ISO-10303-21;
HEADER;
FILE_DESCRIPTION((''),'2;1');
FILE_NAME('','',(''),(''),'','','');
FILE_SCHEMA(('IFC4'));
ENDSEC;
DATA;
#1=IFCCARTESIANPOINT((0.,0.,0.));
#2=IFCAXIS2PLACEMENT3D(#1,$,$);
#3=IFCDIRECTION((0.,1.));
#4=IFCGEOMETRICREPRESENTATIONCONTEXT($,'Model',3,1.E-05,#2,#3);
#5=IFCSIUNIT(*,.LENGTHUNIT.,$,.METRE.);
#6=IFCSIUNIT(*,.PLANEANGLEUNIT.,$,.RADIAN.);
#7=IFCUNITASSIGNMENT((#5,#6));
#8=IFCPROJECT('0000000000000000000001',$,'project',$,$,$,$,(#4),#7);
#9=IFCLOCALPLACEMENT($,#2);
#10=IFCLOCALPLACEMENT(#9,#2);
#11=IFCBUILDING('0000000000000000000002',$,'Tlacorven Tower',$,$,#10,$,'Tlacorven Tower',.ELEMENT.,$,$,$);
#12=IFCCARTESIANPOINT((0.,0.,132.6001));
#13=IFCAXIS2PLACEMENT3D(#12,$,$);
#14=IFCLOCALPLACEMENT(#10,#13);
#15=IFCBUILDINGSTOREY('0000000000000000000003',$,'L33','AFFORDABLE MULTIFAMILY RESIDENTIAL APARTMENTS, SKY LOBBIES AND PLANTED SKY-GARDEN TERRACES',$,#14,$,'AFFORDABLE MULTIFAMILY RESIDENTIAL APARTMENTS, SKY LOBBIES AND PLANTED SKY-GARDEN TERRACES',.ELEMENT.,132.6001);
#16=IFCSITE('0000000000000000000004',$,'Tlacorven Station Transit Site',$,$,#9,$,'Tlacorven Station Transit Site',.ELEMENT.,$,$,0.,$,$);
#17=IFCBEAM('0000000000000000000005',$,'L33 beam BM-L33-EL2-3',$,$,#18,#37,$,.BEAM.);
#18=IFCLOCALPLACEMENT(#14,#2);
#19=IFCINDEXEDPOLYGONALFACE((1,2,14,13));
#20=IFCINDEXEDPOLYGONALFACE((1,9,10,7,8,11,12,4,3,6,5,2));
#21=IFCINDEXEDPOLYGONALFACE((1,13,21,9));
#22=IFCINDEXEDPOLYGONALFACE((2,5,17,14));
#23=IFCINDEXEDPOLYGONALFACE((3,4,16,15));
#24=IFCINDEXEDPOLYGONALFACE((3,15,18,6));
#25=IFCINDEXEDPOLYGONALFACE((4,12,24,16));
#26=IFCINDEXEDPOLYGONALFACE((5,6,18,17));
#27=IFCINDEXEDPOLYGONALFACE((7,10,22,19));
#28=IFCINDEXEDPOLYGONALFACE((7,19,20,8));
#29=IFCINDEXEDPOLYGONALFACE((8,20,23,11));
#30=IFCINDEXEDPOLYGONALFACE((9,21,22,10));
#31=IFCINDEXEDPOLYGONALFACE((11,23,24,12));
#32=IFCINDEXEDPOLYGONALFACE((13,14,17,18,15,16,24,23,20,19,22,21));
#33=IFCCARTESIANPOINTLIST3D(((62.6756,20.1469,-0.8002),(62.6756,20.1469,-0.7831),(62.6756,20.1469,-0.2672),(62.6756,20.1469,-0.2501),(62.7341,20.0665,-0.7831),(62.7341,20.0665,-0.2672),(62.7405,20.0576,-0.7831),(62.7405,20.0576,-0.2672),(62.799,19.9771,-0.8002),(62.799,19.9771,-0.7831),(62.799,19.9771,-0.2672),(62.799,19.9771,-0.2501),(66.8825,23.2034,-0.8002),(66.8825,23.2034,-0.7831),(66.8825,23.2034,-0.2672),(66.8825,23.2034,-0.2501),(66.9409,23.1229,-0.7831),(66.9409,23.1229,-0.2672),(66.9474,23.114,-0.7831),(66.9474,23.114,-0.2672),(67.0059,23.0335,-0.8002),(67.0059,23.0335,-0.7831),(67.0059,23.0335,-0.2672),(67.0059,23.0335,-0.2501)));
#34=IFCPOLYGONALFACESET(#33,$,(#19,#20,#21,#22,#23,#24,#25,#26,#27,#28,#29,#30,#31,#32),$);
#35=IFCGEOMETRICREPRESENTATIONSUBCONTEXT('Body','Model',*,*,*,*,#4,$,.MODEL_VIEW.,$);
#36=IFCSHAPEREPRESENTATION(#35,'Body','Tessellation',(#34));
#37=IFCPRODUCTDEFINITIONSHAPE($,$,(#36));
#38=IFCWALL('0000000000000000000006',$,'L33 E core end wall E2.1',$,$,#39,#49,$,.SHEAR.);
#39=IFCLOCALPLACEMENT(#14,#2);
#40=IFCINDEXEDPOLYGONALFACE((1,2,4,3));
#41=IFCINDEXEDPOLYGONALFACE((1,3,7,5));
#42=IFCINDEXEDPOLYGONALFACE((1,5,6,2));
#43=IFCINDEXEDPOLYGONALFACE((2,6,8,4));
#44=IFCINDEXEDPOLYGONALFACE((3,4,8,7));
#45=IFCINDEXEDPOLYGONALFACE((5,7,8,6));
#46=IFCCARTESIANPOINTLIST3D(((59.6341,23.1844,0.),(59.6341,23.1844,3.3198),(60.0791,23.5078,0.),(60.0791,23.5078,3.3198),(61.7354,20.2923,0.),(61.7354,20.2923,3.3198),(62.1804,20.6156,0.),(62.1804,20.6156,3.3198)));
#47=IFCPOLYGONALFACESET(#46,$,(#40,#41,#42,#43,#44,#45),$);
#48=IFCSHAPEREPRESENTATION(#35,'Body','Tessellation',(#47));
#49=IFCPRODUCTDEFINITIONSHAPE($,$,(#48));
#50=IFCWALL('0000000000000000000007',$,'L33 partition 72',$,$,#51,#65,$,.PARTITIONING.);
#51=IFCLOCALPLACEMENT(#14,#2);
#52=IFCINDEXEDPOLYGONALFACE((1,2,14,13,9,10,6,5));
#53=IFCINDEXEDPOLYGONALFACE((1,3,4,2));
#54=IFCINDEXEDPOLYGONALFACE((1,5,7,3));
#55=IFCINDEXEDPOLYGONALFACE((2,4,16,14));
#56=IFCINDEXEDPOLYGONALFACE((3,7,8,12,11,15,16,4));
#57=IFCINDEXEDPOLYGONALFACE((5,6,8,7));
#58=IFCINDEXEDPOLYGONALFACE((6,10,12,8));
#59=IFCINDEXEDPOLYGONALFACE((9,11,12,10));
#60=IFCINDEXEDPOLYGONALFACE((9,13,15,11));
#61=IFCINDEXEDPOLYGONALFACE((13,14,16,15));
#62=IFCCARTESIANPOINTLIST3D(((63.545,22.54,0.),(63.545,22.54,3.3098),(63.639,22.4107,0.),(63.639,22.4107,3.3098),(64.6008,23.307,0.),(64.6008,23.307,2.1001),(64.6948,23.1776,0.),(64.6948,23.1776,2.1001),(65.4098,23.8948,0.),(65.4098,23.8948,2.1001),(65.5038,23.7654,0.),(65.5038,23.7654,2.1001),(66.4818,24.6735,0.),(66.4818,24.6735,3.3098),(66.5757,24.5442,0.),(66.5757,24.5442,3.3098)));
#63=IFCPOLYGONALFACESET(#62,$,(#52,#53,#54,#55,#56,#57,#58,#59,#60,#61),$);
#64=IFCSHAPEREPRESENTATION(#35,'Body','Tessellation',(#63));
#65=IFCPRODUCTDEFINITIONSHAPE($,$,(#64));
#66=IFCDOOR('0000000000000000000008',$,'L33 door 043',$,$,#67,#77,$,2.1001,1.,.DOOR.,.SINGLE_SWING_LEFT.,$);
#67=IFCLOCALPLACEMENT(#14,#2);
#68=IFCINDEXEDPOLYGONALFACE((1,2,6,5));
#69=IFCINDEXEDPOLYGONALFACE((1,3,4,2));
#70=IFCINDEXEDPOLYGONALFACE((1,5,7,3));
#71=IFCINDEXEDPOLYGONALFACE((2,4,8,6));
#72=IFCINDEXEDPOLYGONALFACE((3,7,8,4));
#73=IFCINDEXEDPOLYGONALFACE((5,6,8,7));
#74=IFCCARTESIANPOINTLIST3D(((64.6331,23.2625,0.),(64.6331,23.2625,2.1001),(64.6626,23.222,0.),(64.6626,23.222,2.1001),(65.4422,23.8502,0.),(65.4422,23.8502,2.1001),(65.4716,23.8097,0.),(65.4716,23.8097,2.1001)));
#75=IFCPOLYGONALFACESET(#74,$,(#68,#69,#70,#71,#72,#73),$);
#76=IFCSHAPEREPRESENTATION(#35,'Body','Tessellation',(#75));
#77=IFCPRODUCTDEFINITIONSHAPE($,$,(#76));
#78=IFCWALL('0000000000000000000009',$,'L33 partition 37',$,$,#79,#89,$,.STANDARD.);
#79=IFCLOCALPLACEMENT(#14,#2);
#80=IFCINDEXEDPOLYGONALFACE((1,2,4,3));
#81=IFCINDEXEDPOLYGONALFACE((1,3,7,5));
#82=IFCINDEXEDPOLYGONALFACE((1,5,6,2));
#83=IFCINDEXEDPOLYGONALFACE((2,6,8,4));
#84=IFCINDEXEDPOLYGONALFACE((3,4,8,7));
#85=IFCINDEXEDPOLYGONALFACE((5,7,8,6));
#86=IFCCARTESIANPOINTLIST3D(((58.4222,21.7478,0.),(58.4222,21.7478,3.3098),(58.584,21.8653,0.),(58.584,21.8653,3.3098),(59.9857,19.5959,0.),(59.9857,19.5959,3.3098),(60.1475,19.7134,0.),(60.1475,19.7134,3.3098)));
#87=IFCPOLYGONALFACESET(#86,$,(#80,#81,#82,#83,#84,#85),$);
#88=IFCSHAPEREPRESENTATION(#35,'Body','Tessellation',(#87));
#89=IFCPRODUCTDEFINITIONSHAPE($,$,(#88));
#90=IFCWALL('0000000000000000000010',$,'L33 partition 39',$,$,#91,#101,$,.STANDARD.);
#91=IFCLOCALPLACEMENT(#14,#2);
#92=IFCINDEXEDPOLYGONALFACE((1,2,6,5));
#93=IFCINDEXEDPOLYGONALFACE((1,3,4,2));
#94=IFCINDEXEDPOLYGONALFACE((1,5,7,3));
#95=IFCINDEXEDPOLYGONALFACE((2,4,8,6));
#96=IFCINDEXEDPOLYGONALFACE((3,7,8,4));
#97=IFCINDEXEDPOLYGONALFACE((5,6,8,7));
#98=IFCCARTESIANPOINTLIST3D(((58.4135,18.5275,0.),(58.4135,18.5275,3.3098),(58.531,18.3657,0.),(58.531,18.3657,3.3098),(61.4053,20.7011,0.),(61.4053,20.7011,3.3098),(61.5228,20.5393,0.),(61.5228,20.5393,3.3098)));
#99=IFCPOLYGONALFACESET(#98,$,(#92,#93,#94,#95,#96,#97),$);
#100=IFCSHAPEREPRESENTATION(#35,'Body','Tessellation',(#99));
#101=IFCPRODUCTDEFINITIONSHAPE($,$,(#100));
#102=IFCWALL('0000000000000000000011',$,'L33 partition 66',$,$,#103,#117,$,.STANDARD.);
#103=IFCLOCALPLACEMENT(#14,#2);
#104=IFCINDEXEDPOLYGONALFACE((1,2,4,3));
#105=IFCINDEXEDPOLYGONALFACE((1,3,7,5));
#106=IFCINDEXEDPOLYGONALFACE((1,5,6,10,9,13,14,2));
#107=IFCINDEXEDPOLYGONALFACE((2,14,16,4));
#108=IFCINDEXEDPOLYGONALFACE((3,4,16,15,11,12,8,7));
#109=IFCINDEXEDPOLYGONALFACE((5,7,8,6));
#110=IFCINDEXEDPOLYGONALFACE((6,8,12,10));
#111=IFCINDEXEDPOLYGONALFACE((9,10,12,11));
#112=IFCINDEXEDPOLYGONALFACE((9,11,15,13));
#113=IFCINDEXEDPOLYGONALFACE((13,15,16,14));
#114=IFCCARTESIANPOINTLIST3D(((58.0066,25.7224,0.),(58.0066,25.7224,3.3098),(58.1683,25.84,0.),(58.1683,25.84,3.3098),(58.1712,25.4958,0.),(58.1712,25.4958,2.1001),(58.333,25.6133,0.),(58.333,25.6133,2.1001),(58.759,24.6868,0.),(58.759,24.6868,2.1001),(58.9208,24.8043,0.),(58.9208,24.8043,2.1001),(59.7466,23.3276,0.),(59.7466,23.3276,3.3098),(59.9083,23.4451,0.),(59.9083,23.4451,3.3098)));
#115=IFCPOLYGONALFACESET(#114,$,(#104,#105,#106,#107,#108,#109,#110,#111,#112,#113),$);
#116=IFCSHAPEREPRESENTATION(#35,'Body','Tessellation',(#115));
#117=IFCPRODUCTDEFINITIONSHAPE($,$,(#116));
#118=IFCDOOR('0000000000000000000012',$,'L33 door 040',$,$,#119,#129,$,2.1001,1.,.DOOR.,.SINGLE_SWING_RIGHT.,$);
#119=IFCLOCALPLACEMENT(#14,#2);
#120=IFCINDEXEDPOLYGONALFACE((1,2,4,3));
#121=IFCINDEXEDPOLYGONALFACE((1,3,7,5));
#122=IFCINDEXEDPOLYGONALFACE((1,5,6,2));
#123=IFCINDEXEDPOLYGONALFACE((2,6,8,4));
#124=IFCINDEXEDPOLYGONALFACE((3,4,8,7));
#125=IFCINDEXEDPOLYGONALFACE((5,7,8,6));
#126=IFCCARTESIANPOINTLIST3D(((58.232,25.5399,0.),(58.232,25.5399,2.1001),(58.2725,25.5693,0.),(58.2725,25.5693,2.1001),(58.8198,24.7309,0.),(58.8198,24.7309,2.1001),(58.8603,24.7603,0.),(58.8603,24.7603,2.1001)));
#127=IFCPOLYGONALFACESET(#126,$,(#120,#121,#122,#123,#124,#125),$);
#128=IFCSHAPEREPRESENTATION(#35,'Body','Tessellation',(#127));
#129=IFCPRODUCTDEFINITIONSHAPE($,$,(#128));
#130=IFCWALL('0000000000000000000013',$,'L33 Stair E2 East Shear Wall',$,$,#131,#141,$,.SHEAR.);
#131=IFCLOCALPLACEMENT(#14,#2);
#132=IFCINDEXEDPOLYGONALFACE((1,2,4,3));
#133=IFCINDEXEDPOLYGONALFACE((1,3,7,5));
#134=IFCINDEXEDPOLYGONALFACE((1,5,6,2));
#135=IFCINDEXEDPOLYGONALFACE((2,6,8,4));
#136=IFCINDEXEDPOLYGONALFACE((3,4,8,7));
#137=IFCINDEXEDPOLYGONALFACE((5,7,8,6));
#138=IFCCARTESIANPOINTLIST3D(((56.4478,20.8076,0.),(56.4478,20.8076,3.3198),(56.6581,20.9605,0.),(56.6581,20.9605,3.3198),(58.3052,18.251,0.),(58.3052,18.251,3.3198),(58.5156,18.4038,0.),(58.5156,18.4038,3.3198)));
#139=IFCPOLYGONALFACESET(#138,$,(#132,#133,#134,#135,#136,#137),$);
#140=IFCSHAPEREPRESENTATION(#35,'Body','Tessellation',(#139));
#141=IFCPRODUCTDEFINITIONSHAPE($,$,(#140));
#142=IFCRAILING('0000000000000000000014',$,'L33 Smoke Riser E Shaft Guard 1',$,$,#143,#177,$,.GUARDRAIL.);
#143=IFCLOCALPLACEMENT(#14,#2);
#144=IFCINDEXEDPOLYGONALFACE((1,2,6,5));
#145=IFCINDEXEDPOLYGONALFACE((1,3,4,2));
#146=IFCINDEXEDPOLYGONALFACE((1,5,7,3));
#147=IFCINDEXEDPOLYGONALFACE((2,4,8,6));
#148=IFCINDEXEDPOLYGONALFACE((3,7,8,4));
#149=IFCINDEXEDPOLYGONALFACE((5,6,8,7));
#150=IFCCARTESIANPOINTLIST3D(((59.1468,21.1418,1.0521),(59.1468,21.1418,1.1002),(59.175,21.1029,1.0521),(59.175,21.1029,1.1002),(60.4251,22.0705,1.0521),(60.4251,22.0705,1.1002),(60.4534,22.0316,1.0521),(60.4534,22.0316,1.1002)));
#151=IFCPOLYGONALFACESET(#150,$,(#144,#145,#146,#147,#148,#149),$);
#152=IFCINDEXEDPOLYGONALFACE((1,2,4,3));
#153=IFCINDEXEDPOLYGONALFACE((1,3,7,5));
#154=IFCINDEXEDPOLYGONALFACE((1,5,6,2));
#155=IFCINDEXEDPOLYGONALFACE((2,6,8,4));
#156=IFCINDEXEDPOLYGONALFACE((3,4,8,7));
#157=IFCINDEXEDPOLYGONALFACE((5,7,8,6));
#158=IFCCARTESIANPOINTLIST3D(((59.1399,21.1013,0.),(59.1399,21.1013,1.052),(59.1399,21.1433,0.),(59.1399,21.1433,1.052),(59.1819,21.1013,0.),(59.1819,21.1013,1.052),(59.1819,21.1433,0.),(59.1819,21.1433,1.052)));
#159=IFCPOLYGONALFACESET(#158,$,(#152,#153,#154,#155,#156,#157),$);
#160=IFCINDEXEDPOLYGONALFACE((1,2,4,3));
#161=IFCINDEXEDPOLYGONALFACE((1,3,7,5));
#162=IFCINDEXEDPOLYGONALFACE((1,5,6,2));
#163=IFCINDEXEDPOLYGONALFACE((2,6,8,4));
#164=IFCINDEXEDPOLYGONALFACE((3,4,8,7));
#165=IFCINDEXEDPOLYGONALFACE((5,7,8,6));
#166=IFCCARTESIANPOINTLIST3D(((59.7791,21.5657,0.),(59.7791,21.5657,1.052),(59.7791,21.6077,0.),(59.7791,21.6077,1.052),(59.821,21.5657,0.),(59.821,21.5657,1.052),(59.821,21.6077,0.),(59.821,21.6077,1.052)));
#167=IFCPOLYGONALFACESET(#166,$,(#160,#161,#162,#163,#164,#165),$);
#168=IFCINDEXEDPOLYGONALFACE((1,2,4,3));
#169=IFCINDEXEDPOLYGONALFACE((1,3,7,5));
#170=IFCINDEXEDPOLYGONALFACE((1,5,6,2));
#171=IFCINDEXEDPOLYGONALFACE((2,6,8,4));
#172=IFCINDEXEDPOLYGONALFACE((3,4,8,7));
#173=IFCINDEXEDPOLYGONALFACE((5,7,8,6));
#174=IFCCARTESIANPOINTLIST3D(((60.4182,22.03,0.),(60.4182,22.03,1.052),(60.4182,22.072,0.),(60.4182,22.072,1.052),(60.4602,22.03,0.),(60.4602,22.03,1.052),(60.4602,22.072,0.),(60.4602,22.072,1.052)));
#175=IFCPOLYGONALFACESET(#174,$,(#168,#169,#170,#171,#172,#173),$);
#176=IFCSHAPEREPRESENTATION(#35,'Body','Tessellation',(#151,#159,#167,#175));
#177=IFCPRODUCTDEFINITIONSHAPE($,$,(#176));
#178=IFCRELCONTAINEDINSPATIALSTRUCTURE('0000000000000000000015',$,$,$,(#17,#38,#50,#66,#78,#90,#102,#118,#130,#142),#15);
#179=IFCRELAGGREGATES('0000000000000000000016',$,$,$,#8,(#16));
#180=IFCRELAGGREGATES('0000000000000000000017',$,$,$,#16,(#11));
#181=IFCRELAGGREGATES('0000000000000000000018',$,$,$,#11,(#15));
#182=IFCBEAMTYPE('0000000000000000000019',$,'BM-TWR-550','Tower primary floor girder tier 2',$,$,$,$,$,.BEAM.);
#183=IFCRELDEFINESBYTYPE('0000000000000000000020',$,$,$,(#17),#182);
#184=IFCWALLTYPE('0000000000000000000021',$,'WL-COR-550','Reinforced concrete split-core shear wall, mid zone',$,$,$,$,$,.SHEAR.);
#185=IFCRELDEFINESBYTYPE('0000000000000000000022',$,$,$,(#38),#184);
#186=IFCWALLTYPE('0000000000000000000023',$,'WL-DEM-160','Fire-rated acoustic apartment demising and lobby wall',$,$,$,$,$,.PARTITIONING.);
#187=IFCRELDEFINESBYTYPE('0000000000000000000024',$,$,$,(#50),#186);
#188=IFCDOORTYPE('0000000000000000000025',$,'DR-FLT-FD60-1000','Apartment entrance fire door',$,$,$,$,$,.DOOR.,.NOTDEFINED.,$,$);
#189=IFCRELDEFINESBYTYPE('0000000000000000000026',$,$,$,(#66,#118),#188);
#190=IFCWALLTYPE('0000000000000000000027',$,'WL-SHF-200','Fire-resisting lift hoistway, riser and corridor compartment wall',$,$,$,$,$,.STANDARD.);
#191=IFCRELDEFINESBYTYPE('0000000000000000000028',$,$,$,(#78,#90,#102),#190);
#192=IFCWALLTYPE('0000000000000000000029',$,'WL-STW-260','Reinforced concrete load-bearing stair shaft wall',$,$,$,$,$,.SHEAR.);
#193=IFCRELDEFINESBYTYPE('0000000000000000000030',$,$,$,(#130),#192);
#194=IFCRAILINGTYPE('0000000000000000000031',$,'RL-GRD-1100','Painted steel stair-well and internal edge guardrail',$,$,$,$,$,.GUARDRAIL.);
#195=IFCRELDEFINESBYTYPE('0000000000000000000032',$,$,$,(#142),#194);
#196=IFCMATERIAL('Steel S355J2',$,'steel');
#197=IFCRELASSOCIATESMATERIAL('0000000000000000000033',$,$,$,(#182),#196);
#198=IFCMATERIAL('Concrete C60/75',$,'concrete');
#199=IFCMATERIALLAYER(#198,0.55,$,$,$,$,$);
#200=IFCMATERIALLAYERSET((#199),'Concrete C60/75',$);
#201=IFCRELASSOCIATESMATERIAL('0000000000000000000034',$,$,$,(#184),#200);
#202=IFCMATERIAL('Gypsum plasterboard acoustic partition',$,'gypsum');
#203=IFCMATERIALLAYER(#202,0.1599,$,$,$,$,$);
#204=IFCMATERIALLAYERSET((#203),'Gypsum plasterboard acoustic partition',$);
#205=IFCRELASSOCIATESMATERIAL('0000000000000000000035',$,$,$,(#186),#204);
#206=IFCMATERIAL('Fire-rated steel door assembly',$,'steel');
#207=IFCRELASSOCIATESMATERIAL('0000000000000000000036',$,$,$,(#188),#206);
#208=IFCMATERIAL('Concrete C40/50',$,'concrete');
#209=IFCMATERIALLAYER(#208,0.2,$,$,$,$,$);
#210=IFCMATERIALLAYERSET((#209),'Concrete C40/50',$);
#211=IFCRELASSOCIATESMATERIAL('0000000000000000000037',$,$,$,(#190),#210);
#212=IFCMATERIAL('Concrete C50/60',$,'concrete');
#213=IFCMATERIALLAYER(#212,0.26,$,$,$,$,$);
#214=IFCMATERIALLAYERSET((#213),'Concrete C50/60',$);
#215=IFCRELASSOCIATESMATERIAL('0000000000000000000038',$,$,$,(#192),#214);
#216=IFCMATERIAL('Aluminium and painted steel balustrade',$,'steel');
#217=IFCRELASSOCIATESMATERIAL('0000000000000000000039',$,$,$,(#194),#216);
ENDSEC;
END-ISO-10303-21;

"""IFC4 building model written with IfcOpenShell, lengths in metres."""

from ifc_helpers import new_model, si_unit, direction, frame, frame_2d, origin, origin_2d, place, context, subcontext, project, spatial, rectangle, i_section, extrude, source, transform, mapped, material, layer, layer_set, material_profile, profile_set, type_object, element, fill, save


model = new_model("IFC4")

# Units and contexts
model_context = context("Model", 3, precision=1e-05, world=origin(), true_north=direction((0.0, 1.0)))
body_context = subcontext(model_context, "Body", "Model", "MODEL_VIEW")
ifc_project = project(units=[si_unit("LENGTHUNIT", "METRE"), si_unit("PLANEANGLEUNIT", "RADIAN")], contexts=[model_context])

# Site, building, storey
site_placement = place(None, origin())
site = spatial("IfcSite", under=ifc_project, at=site_placement, Name="Tlacorven Station Transit Site", LongName="Tlacorven Station Transit Site", CompositionType="ELEMENT", RefElevation=0.0)
building_placement = place(site_placement, origin())
building = spatial("IfcBuilding", under=site, at=building_placement, Name="Tlacorven Tower", LongName="Tlacorven Tower", CompositionType="ELEMENT")
storey_placement = place(building_placement, frame((0.0, 0.0, 132.6001)))
storey = spatial("IfcBuildingStorey", under=building, at=storey_placement, Name="L33", Description="AFFORDABLE MULTIFAMILY RESIDENTIAL APARTMENTS, SKY LOBBIES AND PLANTED SKY-GARDEN TERRACES", LongName="AFFORDABLE MULTIFAMILY RESIDENTIAL APARTMENTS, SKY LOBBIES AND PLANTED SKY-GARDEN TERRACES", CompositionType="ELEMENT", Elevation=132.6001)

# Beam
ifc_material_1 = material(Name="Concrete C60/75", Category="concrete")
ifc_material_2 = material(Name="Steel S355J2", Category="steel")
ifc_material_profile_1 = material_profile(ifc_material_2, i_section(OverallWidth=0.21, OverallDepth=0.55, WebThickness=0.011, FlangeThickness=0.0171, at=origin_2d()), Name="IPE 550")
ifc_profile_set_1 = profile_set([ifc_material_profile_1], Name="Steel S355J2")
beam_type_1 = type_object("IfcBeamType", Name="BM-TWR-550", Description="Tower primary floor girder tier 2", PredefinedType="BEAM", material=ifc_profile_set_1)
shared_shape_1 = source(origin(), body_context, "Body", "SweptSolid", [
    extrude(i_section(OverallWidth=0.21, OverallDepth=0.55, WebThickness=0.011, FlangeThickness=0.0171, at=origin_2d()), origin(), (0.0, 0.0, 1.0), 5.2),
])
beam_1_placement = place(storey_placement, frame((62.7373, 20.062, -0.5251), z_axis=(0.809018, 0.587784, 0.0), x_axis=(-0.587784, 0.809018, 0.0)))
element("IfcBeam", 1, at=beam_1_placement, inside=storey, type_object=beam_type_1, Name="L33 beam BM-L33-EL2-3", PredefinedType="BEAM", context=body_context, shape_type="MappedRepresentation", body=[
    mapped(shared_shape_1, transform((0.0, 0.0, 0.0), scale=1.0)),
])

# Wall
ifc_layer_1 = layer(ifc_material_1, 0.55)
ifc_layer_set_1 = layer_set([ifc_layer_1], Name="Concrete C60/75")
wall_type_1 = type_object("IfcWallType", Name="WL-COR-550", Description="Reinforced concrete split-core shear wall, mid zone", PredefinedType="SHEAR", material=ifc_layer_set_1)
wall_1_placement = place(storey_placement, frame((61.958, 20.4539, 0.0), z_axis=(0.0, 0.0, 1.0), x_axis=(-0.587802, 0.809005, 0.0)))
element("IfcWall", 2, at=wall_1_placement, inside=storey, type_object=wall_type_1, Name="L33 E core end wall E2.1", PredefinedType="SHEAR", context=body_context, shape_type="SweptSolid", body=[
    extrude(rectangle(XDim=3.575, YDim=0.55, at=frame_2d((1.7876, 0.0))), origin(), (0.0, 0.0, 1.0), 3.3198),
])

# Wall, opening, door
ifc_material_3 = material(Name="Gypsum plasterboard acoustic partition", Category="gypsum")
ifc_layer_2 = layer(ifc_material_3, 0.1599)
ifc_layer_set_2 = layer_set([ifc_layer_2], Name="Gypsum plasterboard acoustic partition")
wall_type_2 = type_object("IfcWallType", Name="WL-DEM-160", Description="Fire-rated acoustic apartment demising and lobby wall", PredefinedType="PARTITIONING", material=ifc_layer_set_2)
wall_2_placement = place(storey_placement, frame((63.592, 22.4753, 0.0), z_axis=(0.0, 0.0, 1.0), x_axis=(0.809036, 0.58776, 0.0)))
wall_2 = element("IfcWall", 3, at=wall_2_placement, inside=storey, type_object=wall_type_2, Name="L33 partition 72", PredefinedType="PARTITIONING", context=body_context, shape_type="SweptSolid", body=[
    extrude(rectangle(XDim=3.6299, YDim=0.1599, at=frame_2d((1.8149, 0.0))), origin(), (0.0, 0.0, 1.0), 3.3098),
])
opening_1_placement = place(wall_2_placement, frame((1.3049, 0.0, 0.0)))
opening_1 = element("IfcOpeningElement", 4, at=opening_1_placement, cuts=wall_2, PredefinedType="OPENING", context=body_context, shape_type="SweptSolid", body=[
    extrude(rectangle(XDim=1.0, YDim=2.1001, at=frame_2d((0.5, 1.05))), frame((0.0, 0.0898, 0.0), z_axis=(0.0, -1.0, 0.0), x_axis=(1.0, 0.0, 0.0)), (0.0, 0.0, 1.0), 0.1799),
])
ifc_material_4 = material(Name="Fire-rated steel door assembly", Category="steel")
door_type_1 = type_object("IfcDoorType", Name="DR-FLT-FD60-1000", Description="Apartment entrance fire door", OperationType="NOTDEFINED", PredefinedType="DOOR", material=ifc_material_4)
shared_shape_2 = source(origin(), body_context, "Body", "SweptSolid", [
    extrude(rectangle(XDim=1.0, YDim=2.1001, at=frame_2d((0.5, 1.05))), frame((0.0, 0.0249, 0.0), z_axis=(0.0, -1.0, 0.0), x_axis=(1.0, 0.0, 0.0)), (0.0, 0.0, 1.0), 0.05),
])
door_1_placement = place(opening_1_placement, origin())
door_1 = element("IfcDoor", 5, at=door_1_placement, inside=storey, type_object=door_type_1, Name="L33 door 043", OperationType="SINGLE_SWING_LEFT", OverallHeight=2.1001, OverallWidth=1.0, PredefinedType="DOOR", context=body_context, shape_type="MappedRepresentation", body=[
    mapped(shared_shape_2, transform((0.0, 0.0, 0.0), scale=1.0)),
])
fill(opening_1, door_1)

# Shared definitions
ifc_material_5 = material(Name="Concrete C40/50", Category="concrete")
ifc_layer_3 = layer(ifc_material_5, 0.2)
ifc_layer_set_3 = layer_set([ifc_layer_3], Name="Concrete C40/50")
wall_type_3 = type_object("IfcWallType", Name="WL-SHF-200", Description="Fire-resisting lift hoistway, riser and corridor compartment wall", PredefinedType="STANDARD", material=ifc_layer_set_3)

# Walls
wall_3_placement = place(storey_placement, frame((60.0667, 19.6545, 0.0), z_axis=(0.0, 0.0, 1.0), x_axis=(-0.587801, 0.809006, 0.0)))
element("IfcWall", 6, at=wall_3_placement, inside=storey, type_object=wall_type_3, Name="L33 partition 37", PredefinedType="STANDARD", context=body_context, shape_type="SweptSolid", body=[
    extrude(rectangle(XDim=2.6599, YDim=0.2, at=frame_2d((1.3301, 0.0))), origin(), (0.0, 0.0, 1.0), 3.3098),
])
wall_4_placement = place(storey_placement, frame((58.4722, 18.4465, 0.0), z_axis=(0.0, 0.0, 1.0), x_axis=(0.809019, 0.587783, 0.0)))
element("IfcWall", 7, at=wall_4_placement, inside=storey, type_object=wall_type_3, Name="L33 partition 39", PredefinedType="STANDARD", context=body_context, shape_type="SweptSolid", body=[
    extrude(rectangle(XDim=3.698, YDim=0.2, at=frame_2d((1.8491, 0.0))), origin(), (0.0, 0.0, 1.0), 3.3098),
])

# Wall, opening, door
wall_5_placement = place(storey_placement, frame((59.8274, 23.3865, 0.0), z_axis=(0.0, 0.0, 1.0), x_axis=(-0.587804, 0.809003, 0.0)))
wall_5 = element("IfcWall", 8, at=wall_5_placement, inside=storey, type_object=wall_type_3, Name="L33 partition 66", PredefinedType="STANDARD", context=body_context, shape_type="SweptSolid", body=[
    extrude(rectangle(XDim=2.9602, YDim=0.2, at=frame_2d((1.48, 0.0))), origin(), (0.0, 0.0, 1.0), 3.3098),
])
opening_2_placement = place(wall_5_placement, frame((1.6799, 0.0, 0.0)))
opening_2 = element("IfcOpeningElement", 9, at=opening_2_placement, cuts=wall_5, PredefinedType="OPENING", context=body_context, shape_type="SweptSolid", body=[
    extrude(rectangle(XDim=1.0, YDim=2.1001, at=frame_2d((0.5, 1.05))), frame((0.0, 0.1099, 0.0), z_axis=(0.0, -1.0, 0.0), x_axis=(1.0, 0.0, 0.0)), (0.0, 0.0, 1.0), 0.22),
])
door_2_placement = place(opening_2_placement, origin())
door_2 = element("IfcDoor", 10, at=door_2_placement, inside=storey, type_object=door_type_1, Name="L33 door 040", OperationType="SINGLE_SWING_RIGHT", OverallHeight=2.1001, OverallWidth=1.0, PredefinedType="DOOR", context=body_context, shape_type="MappedRepresentation", body=[
    mapped(shared_shape_2, transform((0.0, 0.0, 0.0), scale=1.0)),
])
fill(opening_2, door_2)

# Wall
ifc_material_6 = material(Name="Concrete C50/60", Category="concrete")
ifc_layer_4 = layer(ifc_material_6, 0.26)
ifc_layer_set_4 = layer_set([ifc_layer_4], Name="Concrete C50/60")
wall_type_4 = type_object("IfcWallType", Name="WL-STW-260", Description="Reinforced concrete load-bearing stair shaft wall", PredefinedType="SHEAR", material=ifc_layer_set_4)
wall_6_placement = place(storey_placement, frame((58.4104, 18.3274, 0.0), z_axis=(0.0, 0.0, 1.0), x_axis=(-0.587767, 0.80903, 0.0)))
element("IfcWall", 11, at=wall_6_placement, inside=storey, type_object=wall_type_4, Name="L33 Stair E2 East Shear Wall", PredefinedType="SHEAR", context=body_context, shape_type="SweptSolid", body=[
    extrude(rectangle(XDim=3.1602, YDim=0.26, at=frame_2d((1.5801, 0.0))), origin(), (0.0, 0.0, 1.0), 3.3198),
])

# Railing
ifc_material_7 = material(Name="Aluminium and painted steel balustrade", Category="steel")
railing_type_1 = type_object("IfcRailingType", Name="RL-GRD-1100", Description="Painted steel stair-well and internal edge guardrail", PredefinedType="GUARDRAIL", material=ifc_material_7)
shared_shape_3 = source(origin(), body_context, "Body", "SweptSolid", [
    extrude(rectangle(XDim=0.0481, YDim=0.0481, at=origin_2d()), frame((0.0, 0.0, 1.0762), z_axis=(0.80903, 0.587767, 0.0), x_axis=(-0.587767, 0.80903, 0.0)), (0.0, 0.0, 1.0), 1.5801),
    extrude(rectangle(XDim=0.042, YDim=0.042, at=origin_2d()), origin(), (0.0, 0.0, 1.0), 1.052),
    extrude(rectangle(XDim=0.042, YDim=0.042, at=origin_2d()), frame((0.6392, 0.4644, 0.0)), (0.0, 0.0, 1.0), 1.052),
    extrude(rectangle(XDim=0.042, YDim=0.042, at=origin_2d()), frame((1.2783, 0.9287, 0.0)), (0.0, 0.0, 1.0), 1.052),
])
railing_1_placement = place(storey_placement, frame((59.1609, 21.1223, 0.0)))
element("IfcRailing", 12, at=railing_1_placement, inside=storey, type_object=railing_type_1, Name="L33 Smoke Riser E Shaft Guard 1", PredefinedType="GUARDRAIL", context=body_context, shape_type="MappedRepresentation", body=[
    mapped(shared_shape_3, transform((0.0, 0.0, 0.0), scale=1.0)),
])

save(model, "model.ifc")
